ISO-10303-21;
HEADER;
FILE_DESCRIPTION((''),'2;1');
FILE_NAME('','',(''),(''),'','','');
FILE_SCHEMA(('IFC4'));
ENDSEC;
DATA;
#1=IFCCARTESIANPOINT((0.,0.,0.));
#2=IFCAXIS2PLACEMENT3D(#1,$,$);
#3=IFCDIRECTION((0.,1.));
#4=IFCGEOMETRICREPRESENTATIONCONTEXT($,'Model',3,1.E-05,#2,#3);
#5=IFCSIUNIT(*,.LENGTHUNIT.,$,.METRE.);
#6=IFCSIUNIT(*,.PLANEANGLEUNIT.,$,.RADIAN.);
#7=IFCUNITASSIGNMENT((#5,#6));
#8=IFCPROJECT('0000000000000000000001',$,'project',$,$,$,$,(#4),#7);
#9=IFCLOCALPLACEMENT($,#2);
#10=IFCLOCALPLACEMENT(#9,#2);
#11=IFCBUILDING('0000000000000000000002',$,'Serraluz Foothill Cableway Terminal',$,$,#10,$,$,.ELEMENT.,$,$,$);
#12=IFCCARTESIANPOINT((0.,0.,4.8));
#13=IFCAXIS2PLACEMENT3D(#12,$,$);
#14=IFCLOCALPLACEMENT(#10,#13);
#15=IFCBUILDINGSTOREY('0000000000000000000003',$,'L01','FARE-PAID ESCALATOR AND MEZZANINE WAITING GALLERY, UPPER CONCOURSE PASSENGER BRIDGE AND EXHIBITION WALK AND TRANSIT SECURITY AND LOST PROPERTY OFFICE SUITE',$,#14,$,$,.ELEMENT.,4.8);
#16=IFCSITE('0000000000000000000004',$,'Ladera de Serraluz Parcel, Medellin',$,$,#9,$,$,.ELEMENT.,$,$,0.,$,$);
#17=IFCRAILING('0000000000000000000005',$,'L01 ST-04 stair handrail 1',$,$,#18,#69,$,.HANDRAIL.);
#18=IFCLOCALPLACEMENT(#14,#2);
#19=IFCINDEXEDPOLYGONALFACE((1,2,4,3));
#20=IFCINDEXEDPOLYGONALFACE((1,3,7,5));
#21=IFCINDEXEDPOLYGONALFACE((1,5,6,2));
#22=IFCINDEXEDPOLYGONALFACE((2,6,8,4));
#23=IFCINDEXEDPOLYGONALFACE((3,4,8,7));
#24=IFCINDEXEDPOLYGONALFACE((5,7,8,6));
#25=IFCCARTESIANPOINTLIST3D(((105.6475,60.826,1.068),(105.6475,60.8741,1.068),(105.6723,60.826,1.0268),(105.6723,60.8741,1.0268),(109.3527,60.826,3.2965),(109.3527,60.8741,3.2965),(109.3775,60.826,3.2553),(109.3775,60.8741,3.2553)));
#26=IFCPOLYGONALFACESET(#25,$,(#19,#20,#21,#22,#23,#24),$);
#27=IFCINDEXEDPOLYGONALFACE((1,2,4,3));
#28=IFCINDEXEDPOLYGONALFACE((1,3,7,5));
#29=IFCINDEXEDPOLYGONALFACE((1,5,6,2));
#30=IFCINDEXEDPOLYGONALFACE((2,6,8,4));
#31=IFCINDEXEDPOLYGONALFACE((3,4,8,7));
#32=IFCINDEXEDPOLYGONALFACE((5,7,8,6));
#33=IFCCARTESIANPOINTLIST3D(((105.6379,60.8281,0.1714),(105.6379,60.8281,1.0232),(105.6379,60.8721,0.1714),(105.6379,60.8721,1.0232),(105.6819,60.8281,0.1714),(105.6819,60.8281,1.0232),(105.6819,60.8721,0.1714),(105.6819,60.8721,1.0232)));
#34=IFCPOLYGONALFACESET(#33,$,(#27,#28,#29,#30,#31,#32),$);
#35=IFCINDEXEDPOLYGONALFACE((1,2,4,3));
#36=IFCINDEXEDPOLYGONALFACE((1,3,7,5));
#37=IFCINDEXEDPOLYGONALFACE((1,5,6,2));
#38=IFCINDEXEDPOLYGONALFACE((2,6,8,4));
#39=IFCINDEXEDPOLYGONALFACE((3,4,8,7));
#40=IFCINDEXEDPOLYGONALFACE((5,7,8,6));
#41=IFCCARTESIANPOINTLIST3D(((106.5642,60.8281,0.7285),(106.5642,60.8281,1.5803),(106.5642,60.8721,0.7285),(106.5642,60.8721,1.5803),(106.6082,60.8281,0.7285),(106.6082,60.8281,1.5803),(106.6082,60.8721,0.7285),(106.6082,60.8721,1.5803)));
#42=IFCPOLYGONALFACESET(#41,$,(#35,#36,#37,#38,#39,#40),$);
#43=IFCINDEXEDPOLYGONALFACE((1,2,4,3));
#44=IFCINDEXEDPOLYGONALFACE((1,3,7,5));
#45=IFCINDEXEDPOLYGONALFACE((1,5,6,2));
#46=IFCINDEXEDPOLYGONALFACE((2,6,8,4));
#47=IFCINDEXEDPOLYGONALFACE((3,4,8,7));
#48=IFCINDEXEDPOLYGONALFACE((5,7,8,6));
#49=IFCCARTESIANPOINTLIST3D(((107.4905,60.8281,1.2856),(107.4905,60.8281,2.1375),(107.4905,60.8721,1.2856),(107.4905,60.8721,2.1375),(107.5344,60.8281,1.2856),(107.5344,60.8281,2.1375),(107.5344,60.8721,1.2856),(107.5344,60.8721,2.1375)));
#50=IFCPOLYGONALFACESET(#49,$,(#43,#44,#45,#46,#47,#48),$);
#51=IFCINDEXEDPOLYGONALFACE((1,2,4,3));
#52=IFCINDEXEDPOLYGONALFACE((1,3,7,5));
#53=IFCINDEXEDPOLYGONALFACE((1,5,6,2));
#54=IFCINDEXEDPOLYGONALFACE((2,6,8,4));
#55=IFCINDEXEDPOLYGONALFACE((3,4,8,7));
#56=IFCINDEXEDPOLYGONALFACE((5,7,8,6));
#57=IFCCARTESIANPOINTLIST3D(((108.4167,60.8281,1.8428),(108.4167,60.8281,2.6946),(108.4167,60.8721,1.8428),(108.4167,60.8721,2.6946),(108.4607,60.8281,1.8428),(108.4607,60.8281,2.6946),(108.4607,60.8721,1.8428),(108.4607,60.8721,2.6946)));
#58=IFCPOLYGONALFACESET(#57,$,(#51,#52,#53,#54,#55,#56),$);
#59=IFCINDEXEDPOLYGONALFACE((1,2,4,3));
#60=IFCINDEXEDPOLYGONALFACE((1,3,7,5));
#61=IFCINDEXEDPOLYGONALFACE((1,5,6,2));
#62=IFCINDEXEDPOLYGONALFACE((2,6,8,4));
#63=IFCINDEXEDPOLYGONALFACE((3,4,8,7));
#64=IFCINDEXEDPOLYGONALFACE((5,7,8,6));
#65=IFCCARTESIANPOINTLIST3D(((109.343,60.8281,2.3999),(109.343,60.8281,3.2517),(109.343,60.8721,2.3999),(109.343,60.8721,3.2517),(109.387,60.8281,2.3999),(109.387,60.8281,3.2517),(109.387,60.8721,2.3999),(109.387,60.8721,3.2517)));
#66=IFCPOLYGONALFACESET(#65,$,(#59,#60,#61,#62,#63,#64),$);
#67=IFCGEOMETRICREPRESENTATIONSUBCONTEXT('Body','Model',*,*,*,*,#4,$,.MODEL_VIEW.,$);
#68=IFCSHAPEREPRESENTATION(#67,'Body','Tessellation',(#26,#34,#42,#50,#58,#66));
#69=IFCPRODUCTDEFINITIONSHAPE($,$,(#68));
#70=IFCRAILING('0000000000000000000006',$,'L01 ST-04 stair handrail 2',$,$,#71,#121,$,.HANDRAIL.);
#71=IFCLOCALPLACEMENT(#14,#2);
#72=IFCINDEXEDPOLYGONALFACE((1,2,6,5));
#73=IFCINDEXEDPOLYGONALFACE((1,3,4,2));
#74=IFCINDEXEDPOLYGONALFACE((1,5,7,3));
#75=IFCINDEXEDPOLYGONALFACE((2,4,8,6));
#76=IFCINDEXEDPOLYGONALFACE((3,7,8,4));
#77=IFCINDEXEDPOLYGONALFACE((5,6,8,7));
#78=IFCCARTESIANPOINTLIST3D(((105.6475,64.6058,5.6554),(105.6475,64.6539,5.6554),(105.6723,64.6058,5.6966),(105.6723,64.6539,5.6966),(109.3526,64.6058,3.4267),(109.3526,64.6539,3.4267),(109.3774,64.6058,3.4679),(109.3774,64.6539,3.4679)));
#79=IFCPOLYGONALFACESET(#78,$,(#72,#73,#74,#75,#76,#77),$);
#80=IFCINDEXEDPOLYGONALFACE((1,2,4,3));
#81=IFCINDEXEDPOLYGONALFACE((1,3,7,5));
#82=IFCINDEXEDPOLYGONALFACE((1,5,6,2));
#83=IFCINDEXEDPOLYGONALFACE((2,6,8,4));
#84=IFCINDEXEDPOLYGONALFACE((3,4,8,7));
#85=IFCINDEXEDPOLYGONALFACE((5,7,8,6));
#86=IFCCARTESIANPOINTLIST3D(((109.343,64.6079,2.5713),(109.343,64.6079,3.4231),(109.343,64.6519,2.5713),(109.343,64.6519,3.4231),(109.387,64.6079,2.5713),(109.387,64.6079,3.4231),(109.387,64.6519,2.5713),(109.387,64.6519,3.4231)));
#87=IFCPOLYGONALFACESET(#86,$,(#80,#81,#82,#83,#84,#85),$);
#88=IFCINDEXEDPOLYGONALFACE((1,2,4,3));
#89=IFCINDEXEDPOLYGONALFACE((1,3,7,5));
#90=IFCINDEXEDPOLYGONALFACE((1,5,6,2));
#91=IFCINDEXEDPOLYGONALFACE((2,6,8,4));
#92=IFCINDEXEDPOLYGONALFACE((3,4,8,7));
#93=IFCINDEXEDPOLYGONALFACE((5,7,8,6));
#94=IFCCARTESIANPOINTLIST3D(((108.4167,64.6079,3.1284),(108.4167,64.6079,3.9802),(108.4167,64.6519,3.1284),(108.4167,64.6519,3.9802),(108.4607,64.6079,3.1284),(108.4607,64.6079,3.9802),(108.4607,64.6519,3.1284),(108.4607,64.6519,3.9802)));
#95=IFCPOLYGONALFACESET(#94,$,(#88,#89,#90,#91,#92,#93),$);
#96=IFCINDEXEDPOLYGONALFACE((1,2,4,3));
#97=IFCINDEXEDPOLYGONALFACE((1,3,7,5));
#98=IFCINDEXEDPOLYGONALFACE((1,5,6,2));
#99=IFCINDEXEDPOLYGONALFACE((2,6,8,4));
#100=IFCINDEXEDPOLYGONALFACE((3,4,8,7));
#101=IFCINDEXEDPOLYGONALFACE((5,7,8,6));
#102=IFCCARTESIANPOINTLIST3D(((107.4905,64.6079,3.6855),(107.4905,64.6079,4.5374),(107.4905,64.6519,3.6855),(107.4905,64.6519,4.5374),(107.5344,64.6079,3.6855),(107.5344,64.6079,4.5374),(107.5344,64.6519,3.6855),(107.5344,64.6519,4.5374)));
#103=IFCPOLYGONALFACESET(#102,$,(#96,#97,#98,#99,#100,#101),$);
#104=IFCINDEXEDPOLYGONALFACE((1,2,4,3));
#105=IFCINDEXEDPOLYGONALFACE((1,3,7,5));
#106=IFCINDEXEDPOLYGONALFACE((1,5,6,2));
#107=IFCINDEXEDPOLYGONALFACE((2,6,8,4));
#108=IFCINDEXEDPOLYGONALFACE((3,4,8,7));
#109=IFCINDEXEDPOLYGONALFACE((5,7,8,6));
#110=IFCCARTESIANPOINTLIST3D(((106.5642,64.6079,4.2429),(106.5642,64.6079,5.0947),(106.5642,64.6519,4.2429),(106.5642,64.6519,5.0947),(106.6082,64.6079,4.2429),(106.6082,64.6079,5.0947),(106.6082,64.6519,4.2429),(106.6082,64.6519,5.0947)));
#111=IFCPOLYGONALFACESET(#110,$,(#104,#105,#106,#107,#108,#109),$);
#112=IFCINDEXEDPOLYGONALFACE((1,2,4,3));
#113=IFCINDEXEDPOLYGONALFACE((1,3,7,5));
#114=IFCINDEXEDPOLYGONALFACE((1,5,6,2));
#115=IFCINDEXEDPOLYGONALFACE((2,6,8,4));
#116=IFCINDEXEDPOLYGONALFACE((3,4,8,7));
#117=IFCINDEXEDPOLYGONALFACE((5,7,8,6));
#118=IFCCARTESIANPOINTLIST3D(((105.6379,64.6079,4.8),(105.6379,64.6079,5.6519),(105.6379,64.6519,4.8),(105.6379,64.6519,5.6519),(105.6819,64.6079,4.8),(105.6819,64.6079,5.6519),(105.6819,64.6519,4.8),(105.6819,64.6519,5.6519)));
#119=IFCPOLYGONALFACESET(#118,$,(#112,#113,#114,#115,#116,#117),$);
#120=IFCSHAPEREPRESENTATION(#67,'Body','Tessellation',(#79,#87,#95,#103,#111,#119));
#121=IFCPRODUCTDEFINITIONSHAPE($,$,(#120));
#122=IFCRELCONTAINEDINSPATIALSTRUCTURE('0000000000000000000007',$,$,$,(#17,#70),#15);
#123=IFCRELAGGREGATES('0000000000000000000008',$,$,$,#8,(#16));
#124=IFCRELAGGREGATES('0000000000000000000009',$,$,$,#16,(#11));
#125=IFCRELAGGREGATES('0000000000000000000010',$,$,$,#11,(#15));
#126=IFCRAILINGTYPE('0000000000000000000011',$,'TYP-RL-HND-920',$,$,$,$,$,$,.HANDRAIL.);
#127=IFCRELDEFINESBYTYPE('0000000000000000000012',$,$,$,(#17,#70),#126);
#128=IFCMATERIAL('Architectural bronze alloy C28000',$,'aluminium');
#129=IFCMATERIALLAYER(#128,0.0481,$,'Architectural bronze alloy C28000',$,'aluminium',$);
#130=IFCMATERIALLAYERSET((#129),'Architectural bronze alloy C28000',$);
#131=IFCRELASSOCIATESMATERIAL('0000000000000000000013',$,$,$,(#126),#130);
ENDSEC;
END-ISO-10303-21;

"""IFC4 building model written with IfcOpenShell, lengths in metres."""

from ifc_helpers import new_model, si_unit, direction, frame, origin, origin_2d, place, context, subcontext, project, spatial, rectangle, extrude, material, layer, layer_set, type_object, element, save


model = new_model("IFC4")

# Units and contexts
model_context = context("Model", 3, precision=1e-05, world=origin(), true_north=direction((0.0, 1.0)))
body_context = subcontext(model_context, "Body", "Model", "MODEL_VIEW")
ifc_project = project(units=[si_unit("LENGTHUNIT", "METRE"), si_unit("PLANEANGLEUNIT", "RADIAN")], contexts=[model_context])

# Site, building, storey
site_placement = place(None, origin())
site = spatial("IfcSite", under=ifc_project, at=site_placement, Name="Ladera de Serraluz Parcel, Medellin", CompositionType="ELEMENT", RefElevation=0.0)
building_placement = place(site_placement, origin())
building = spatial("IfcBuilding", under=site, at=building_placement, Name="Serraluz Foothill Cableway Terminal", CompositionType="ELEMENT")
storey_placement = place(building_placement, frame((0.0, 0.0, 4.8)))
storey = spatial("IfcBuildingStorey", under=building, at=storey_placement, Name="L01", Description="FARE-PAID ESCALATOR AND MEZZANINE WAITING GALLERY, UPPER CONCOURSE PASSENGER BRIDGE AND EXHIBITION WALK AND TRANSIT SECURITY AND LOST PROPERTY OFFICE SUITE", CompositionType="ELEMENT", Elevation=4.8)

# Railings
ifc_material_1 = material(Name="Architectural bronze alloy C28000", Category="aluminium")
ifc_layer_1 = layer(ifc_material_1, 0.0481, Name="Architectural bronze alloy C28000", Category="aluminium")
ifc_layer_set_1 = layer_set([ifc_layer_1], Name="Architectural bronze alloy C28000")
railing_type_1 = type_object("IfcRailingType", Name="TYP-RL-HND-920", PredefinedType="HANDRAIL", material=ifc_layer_set_1)
railing_1_placement = place(storey_placement, frame((105.6599, 60.8501, 0.1714)))
element("IfcRailing", 1, at=railing_1_placement, inside=storey, type_object=railing_type_1, Name="L01 ST-04 stair handrail 1", PredefinedType="HANDRAIL", context=body_context, shape_type="SweptSolid", body=[
    extrude(rectangle(XDim=0.0481, YDim=0.0481, at=origin_2d()), frame((0.0, 0.0, 0.876), z_axis=(0.856934, 0.0, 0.515425), x_axis=(0.0, 1.0, 0.0)), (0.0, 0.0, 1.0), 4.3237),
    extrude(rectangle(XDim=0.0439, YDim=0.0439, at=origin_2d()), origin(), (0.0, 0.0, 1.0), 0.8518),
    extrude(rectangle(XDim=0.0439, YDim=0.0439, at=origin_2d()), frame((0.9263, 0.0, 0.5571)), (0.0, 0.0, 1.0), 0.8518),
    extrude(rectangle(XDim=0.0439, YDim=0.0439, at=origin_2d()), frame((1.8525, 0.0, 1.1143)), (0.0, 0.0, 1.0), 0.8518),
    extrude(rectangle(XDim=0.0439, YDim=0.0439, at=origin_2d()), frame((2.7788, 0.0, 1.6714)), (0.0, 0.0, 1.0), 0.8518),
    extrude(rectangle(XDim=0.0439, YDim=0.0439, at=origin_2d()), frame((3.7051, 0.0, 2.2285)), (0.0, 0.0, 1.0), 0.8518),
])
railing_2_placement = place(storey_placement, frame((109.365, 64.6299, 2.5713)))
element("IfcRailing", 2, at=railing_2_placement, inside=storey, type_object=railing_type_1, Name="L01 ST-04 stair handrail 2", PredefinedType="HANDRAIL", context=body_context, shape_type="SweptSolid", body=[
    extrude(rectangle(XDim=0.0481, YDim=0.0481, at=origin_2d()), frame((0.0, 0.0, 0.876), z_axis=(-0.856909, 0.0, 0.515467), x_axis=(0.0, -1.0, 0.0)), (0.0, 0.0, 1.0), 4.3237),
    extrude(rectangle(XDim=0.0439, YDim=0.0439, at=origin_2d()), origin(), (0.0, 0.0, 1.0), 0.8518),
    extrude(rectangle(XDim=0.0439, YDim=0.0439, at=origin_2d()), frame((-0.9263, 0.0, 0.5571)), (0.0, 0.0, 1.0), 0.8518),
    extrude(rectangle(XDim=0.0439, YDim=0.0439, at=origin_2d()), frame((-1.8525, 0.0, 1.1143)), (0.0, 0.0, 1.0), 0.8518),
    extrude(rectangle(XDim=0.0439, YDim=0.0439, at=origin_2d()), frame((-2.7788, 0.0, 1.6716)), (0.0, 0.0, 1.0), 0.8518),
    extrude(rectangle(XDim=0.0439, YDim=0.0439, at=origin_2d()), frame((-3.7051, 0.0, 2.2288)), (0.0, 0.0, 1.0), 0.8518),
])

save(model, "model.ifc")
